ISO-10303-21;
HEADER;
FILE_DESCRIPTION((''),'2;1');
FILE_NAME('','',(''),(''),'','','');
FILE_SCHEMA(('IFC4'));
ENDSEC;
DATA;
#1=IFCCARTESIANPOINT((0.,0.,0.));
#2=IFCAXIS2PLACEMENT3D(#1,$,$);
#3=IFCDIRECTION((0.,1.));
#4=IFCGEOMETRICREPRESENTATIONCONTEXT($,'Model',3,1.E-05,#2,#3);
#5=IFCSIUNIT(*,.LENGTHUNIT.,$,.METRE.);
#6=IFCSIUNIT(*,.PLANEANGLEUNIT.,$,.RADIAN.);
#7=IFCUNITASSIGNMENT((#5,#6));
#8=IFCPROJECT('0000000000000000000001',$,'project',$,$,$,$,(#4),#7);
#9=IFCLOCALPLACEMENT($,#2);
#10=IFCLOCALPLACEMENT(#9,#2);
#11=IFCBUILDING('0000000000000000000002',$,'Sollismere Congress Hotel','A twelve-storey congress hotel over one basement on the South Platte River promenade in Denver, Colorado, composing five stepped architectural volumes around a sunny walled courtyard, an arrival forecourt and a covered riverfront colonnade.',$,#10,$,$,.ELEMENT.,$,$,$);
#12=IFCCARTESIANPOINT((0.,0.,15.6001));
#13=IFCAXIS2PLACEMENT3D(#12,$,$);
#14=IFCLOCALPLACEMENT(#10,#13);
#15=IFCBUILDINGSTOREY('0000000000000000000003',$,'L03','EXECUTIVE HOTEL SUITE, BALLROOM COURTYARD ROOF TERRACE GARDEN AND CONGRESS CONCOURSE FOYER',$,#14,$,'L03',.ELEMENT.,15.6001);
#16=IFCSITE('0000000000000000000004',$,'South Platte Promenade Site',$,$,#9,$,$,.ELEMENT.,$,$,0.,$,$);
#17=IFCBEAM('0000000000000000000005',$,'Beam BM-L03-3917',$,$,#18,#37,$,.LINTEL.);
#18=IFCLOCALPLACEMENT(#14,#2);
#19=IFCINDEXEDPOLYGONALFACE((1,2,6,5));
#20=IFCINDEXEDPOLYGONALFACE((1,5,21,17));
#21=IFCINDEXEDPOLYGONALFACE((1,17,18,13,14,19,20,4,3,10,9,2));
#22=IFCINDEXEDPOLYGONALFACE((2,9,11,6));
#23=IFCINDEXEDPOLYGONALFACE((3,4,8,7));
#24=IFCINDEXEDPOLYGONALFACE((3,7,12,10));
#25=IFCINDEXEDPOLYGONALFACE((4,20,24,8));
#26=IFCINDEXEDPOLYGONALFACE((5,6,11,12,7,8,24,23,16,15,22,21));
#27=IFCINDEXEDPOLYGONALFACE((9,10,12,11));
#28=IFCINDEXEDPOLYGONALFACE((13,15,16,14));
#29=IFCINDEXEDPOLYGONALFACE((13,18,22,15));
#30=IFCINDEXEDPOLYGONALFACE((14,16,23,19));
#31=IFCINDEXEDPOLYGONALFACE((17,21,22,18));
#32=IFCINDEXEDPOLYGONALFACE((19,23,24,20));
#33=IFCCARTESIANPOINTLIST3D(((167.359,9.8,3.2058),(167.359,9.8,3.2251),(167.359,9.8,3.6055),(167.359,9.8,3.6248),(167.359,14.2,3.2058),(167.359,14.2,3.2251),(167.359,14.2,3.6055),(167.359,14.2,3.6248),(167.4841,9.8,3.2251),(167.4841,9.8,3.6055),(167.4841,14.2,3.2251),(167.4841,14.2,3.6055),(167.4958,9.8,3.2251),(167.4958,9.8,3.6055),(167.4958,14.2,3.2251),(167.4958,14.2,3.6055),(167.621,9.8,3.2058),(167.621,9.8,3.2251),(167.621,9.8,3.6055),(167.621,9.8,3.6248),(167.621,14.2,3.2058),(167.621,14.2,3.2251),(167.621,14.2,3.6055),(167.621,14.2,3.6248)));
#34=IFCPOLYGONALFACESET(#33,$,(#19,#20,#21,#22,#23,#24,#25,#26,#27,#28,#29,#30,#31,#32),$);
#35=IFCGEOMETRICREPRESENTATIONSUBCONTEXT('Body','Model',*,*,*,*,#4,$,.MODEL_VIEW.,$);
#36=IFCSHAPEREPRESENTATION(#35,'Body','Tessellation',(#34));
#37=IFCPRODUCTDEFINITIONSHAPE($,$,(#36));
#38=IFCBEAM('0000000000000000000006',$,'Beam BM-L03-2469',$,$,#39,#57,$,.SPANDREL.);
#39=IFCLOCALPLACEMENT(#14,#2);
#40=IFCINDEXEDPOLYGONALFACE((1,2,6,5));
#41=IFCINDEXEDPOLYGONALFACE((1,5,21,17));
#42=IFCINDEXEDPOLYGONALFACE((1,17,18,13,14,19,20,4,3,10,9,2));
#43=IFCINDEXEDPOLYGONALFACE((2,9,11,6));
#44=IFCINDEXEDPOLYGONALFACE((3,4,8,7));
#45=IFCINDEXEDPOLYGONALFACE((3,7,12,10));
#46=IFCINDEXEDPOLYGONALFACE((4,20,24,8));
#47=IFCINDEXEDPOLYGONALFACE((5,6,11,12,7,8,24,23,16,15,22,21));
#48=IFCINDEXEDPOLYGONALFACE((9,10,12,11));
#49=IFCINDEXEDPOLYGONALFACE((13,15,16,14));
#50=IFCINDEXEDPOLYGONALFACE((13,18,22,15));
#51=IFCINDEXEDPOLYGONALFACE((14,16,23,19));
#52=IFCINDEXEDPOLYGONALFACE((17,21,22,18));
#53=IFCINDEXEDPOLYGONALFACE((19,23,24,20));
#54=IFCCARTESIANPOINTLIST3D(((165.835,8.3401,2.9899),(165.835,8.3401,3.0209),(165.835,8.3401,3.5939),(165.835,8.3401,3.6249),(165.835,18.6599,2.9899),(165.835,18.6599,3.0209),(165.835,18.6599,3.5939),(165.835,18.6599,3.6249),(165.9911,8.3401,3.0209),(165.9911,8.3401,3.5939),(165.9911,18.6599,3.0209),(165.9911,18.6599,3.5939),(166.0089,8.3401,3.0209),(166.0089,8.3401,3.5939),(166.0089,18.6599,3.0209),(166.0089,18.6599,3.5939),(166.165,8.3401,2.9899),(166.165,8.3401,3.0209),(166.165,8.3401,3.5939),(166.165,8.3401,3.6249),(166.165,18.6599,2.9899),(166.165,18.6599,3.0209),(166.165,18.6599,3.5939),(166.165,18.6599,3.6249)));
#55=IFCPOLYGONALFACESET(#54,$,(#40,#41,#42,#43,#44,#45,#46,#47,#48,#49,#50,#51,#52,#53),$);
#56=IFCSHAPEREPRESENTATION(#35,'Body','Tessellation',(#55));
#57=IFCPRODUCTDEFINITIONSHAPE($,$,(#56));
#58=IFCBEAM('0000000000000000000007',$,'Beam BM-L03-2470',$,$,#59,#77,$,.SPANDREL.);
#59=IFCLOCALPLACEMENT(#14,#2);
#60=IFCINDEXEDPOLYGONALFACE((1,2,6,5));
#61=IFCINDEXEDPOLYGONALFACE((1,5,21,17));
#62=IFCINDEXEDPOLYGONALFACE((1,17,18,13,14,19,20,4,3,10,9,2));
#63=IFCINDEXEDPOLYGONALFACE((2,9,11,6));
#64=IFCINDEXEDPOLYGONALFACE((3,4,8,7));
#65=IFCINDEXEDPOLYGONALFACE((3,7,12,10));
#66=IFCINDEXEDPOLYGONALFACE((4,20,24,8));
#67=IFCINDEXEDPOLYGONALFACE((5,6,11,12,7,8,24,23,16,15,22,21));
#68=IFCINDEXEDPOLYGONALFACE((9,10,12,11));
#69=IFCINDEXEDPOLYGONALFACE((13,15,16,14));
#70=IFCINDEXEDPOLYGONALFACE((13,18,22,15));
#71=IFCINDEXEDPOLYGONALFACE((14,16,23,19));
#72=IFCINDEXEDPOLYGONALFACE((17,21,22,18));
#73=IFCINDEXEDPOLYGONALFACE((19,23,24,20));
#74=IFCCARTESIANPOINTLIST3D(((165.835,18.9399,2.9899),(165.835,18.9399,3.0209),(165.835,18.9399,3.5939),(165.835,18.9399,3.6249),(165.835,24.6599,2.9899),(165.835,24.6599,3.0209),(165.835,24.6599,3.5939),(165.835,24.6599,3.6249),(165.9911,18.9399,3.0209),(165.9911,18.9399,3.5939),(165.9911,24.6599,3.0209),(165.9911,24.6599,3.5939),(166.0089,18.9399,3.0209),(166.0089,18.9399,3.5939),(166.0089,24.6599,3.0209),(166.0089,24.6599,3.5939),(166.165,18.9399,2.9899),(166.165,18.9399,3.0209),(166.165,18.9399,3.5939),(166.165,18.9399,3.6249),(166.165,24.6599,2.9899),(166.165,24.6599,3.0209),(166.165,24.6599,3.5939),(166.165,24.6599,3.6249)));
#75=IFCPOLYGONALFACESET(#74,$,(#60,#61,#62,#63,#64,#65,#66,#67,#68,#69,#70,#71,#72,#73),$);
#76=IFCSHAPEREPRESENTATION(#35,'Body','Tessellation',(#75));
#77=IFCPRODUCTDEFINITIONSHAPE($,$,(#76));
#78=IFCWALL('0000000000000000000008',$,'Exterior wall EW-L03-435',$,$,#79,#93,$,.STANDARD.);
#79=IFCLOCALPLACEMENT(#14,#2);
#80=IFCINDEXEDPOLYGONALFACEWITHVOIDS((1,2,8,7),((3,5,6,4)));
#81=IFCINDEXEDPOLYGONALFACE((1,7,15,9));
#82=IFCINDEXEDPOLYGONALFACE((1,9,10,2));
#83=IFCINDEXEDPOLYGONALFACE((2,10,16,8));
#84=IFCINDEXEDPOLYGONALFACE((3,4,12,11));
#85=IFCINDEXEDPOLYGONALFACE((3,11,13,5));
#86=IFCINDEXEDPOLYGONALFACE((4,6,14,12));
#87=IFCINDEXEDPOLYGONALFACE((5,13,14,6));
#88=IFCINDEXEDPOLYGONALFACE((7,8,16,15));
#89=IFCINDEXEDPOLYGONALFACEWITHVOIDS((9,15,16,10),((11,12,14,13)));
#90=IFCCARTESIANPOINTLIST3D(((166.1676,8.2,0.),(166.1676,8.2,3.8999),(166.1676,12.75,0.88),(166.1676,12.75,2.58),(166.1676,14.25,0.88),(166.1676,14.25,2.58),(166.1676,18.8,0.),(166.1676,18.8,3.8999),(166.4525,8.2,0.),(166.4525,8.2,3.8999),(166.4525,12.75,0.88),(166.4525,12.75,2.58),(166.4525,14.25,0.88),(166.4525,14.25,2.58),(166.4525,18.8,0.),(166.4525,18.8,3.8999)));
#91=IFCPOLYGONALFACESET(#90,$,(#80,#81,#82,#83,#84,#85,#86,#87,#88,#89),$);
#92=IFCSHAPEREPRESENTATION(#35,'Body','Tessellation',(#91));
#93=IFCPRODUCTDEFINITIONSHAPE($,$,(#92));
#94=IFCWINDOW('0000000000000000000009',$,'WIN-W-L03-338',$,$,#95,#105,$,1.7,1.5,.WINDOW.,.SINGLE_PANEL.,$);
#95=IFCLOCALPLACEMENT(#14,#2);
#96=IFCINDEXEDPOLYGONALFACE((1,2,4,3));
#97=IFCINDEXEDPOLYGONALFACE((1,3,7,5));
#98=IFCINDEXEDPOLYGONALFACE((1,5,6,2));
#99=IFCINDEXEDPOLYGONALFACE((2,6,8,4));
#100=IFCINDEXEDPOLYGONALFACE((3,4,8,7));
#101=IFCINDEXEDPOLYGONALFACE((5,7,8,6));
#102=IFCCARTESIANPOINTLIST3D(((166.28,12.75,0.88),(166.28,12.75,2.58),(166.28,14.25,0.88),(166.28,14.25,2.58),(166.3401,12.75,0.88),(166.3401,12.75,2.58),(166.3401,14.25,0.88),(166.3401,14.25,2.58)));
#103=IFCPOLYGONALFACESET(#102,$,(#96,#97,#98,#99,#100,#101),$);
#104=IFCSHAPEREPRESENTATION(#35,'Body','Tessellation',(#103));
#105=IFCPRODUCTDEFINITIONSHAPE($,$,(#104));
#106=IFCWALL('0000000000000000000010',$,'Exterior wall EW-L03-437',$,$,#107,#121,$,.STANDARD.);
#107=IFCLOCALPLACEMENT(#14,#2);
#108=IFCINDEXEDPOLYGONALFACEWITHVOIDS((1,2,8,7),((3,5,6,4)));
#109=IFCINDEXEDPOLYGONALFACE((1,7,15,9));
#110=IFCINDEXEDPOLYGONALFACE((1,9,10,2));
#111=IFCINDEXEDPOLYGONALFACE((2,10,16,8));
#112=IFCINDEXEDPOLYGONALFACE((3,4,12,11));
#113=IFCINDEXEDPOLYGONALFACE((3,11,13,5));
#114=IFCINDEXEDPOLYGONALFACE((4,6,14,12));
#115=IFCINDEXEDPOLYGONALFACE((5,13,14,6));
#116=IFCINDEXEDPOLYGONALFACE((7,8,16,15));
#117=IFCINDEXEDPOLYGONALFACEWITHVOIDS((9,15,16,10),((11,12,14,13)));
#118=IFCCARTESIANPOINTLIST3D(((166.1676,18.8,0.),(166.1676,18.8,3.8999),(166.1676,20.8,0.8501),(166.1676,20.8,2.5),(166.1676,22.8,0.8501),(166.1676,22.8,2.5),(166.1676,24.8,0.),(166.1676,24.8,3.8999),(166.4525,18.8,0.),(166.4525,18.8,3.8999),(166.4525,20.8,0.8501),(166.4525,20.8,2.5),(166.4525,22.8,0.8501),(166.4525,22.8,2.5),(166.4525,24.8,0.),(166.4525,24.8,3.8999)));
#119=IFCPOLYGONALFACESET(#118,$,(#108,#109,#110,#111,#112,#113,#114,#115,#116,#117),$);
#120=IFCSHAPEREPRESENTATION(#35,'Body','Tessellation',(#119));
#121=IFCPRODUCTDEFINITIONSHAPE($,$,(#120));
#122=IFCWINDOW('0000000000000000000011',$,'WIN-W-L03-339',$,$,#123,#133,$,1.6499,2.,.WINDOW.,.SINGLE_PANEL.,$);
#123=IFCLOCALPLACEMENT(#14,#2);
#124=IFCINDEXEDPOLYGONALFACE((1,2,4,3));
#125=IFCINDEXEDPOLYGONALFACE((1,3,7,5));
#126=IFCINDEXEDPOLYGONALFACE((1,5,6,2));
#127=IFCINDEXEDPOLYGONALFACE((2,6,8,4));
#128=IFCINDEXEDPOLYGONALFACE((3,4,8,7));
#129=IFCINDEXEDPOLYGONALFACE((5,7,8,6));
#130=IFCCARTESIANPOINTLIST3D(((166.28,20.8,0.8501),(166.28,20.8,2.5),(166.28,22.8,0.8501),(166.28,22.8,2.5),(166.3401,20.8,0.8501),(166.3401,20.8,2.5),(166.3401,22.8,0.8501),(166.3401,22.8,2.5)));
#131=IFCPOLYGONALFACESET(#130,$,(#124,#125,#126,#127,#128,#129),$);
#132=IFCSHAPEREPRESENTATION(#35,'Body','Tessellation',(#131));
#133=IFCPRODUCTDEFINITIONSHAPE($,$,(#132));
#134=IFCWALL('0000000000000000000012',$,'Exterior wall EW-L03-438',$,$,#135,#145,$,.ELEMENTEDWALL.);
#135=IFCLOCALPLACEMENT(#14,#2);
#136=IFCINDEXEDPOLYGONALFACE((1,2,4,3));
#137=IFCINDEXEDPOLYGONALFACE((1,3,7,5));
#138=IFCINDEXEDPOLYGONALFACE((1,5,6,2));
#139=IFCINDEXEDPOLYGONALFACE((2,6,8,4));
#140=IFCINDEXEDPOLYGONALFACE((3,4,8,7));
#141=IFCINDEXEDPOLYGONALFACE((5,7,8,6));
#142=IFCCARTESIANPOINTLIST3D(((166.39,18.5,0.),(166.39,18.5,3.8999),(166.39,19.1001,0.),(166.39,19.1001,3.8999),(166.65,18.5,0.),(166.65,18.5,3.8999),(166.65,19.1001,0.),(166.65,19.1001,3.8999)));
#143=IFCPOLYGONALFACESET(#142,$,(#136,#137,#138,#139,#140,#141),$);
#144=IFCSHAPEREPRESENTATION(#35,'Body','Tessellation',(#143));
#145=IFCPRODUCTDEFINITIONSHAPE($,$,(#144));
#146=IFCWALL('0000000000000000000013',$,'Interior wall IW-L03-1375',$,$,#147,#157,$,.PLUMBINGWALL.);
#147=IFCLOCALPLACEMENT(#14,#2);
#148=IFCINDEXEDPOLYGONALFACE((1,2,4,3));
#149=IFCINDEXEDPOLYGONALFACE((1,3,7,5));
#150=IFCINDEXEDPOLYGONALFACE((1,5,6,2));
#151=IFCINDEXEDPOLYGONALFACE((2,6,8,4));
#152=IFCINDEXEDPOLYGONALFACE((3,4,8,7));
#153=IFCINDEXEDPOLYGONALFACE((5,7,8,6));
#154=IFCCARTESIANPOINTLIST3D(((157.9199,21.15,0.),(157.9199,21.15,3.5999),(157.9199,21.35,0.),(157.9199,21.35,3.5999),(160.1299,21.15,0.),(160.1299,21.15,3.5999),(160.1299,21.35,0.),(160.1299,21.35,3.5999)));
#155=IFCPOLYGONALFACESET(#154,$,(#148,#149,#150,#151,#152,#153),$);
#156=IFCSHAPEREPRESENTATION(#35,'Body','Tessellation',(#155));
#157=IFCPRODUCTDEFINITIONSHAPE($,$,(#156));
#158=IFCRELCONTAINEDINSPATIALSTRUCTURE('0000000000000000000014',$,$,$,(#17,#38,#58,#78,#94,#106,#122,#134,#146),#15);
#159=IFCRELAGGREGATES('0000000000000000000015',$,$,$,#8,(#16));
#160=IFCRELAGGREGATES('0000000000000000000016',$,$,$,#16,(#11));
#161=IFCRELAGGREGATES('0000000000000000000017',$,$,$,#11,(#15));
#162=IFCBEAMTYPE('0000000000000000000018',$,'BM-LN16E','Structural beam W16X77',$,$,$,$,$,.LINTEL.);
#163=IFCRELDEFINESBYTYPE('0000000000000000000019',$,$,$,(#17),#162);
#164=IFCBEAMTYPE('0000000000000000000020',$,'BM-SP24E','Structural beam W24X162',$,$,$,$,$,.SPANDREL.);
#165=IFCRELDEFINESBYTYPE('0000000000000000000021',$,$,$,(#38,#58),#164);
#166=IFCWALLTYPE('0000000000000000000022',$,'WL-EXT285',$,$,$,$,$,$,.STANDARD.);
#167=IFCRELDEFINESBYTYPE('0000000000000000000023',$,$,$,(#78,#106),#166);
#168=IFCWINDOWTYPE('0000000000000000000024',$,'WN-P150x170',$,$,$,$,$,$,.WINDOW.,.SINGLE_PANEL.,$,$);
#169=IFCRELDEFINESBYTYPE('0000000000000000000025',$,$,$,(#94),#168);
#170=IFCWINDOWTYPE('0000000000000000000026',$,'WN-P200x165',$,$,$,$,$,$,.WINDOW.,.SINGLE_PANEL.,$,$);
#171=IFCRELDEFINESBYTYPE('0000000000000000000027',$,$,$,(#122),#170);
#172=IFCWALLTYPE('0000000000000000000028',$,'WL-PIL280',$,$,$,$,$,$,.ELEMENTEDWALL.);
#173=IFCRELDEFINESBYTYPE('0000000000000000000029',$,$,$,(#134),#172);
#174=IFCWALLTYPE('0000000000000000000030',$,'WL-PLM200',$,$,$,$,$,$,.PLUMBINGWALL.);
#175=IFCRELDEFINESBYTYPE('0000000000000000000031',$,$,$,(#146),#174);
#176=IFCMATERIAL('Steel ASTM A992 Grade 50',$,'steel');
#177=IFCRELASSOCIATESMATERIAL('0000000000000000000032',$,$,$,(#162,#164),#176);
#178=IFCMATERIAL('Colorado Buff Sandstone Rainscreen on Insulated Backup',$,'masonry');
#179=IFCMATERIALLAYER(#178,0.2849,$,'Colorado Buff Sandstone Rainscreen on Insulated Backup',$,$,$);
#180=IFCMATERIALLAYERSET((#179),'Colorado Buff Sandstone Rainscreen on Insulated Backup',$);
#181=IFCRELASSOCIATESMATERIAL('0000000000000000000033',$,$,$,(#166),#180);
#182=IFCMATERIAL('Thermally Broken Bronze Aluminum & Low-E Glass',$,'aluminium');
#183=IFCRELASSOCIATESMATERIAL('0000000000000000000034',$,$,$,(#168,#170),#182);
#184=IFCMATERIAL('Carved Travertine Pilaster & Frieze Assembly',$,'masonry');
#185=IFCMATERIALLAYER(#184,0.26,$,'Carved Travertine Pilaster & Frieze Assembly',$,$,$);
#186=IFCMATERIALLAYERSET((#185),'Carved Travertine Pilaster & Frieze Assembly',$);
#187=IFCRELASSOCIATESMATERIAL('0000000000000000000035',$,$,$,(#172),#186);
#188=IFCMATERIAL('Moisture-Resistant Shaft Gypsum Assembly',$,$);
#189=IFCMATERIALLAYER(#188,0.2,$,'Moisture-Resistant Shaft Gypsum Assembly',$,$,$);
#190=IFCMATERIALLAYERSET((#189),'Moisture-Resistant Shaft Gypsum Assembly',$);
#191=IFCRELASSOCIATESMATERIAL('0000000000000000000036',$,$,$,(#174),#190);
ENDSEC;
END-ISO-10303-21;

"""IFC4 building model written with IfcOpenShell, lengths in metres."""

from ifc_helpers import new_model, si_unit, direction, frame, frame_2d, origin, origin_2d, place, context, subcontext, project, spatial, rectangle, i_section, extrude, material, layer, layer_set, material_profile, profile_set, type_object, element, fill, save


model = new_model("IFC4")

# Units and contexts
model_context = context("Model", 3, precision=1e-05, world=origin(), true_north=direction((0.0, 1.0)))
body_context = subcontext(model_context, "Body", "Model", "MODEL_VIEW")
ifc_project = project(units=[si_unit("LENGTHUNIT", "METRE"), si_unit("PLANEANGLEUNIT", "RADIAN")], contexts=[model_context])

# Site, building, storey
site_placement = place(None, origin())
site = spatial("IfcSite", under=ifc_project, at=site_placement, Name="South Platte Promenade Site", CompositionType="ELEMENT", RefElevation=0.0)
building_placement = place(site_placement, origin())
building = spatial("IfcBuilding", under=site, at=building_placement, Name="Sollismere Congress Hotel", Description="A twelve-storey congress hotel over one basement on the South Platte River promenade in Denver, Colorado, composing five stepped architectural volumes around a sunny walled courtyard, an arrival forecourt and a covered riverfront colonnade.", CompositionType="ELEMENT")
storey_placement = place(building_placement, frame((0.0, 0.0, 15.6001)))
storey = spatial("IfcBuildingStorey", under=building, at=storey_placement, Name="L03", Description="EXECUTIVE HOTEL SUITE, BALLROOM COURTYARD ROOF TERRACE GARDEN AND CONGRESS CONCOURSE FOYER", LongName="L03", CompositionType="ELEMENT", Elevation=15.6001)

# Shared definitions
ifc_material_1 = material(Name="Steel ASTM A992 Grade 50", Category="steel")

# Beams
ifc_material_profile_1 = material_profile(ifc_material_1, i_section(OverallWidth=0.262, OverallDepth=0.4189, WebThickness=0.0117, FlangeThickness=0.0193, at=origin_2d()), Name="W16X77")
ifc_profile_set_1 = profile_set([ifc_material_profile_1], Name="Steel ASTM A992 Grade 50")
beam_type_1 = type_object("IfcBeamType", Name="BM-LN16E", Description="Structural beam W16X77", PredefinedType="LINTEL", material=ifc_profile_set_1)
beam_1_placement = place(storey_placement, frame((167.49, 9.8, 3.4153), z_axis=(0.0, 1.0, 0.0), x_axis=(-1.0, 0.0, 0.0)))
element("IfcBeam", 1, at=beam_1_placement, inside=storey, type_object=beam_type_1, Name="Beam BM-L03-3917", PredefinedType="LINTEL", context=body_context, shape_type="SweptSolid", body=[
    extrude(i_section(OverallWidth=0.262, OverallDepth=0.4189, WebThickness=0.0117, FlangeThickness=0.0193, at=origin_2d()), origin(), (0.0, 0.0, 1.0), 4.3999),
])
ifc_material_profile_2 = material_profile(ifc_material_1, i_section(OverallWidth=0.3301, OverallDepth=0.635, WebThickness=0.0178, FlangeThickness=0.031, at=origin_2d()), Name="W24X162")
ifc_profile_set_2 = profile_set([ifc_material_profile_2], Name="Steel ASTM A992 Grade 50")
beam_type_2 = type_object("IfcBeamType", Name="BM-SP24E", Description="Structural beam W24X162", PredefinedType="SPANDREL", material=ifc_profile_set_2)
beam_2_placement = place(storey_placement, frame((166.0, 8.3401, 3.3074), z_axis=(0.0, 1.0, 0.0), x_axis=(-1.0, 0.0, 0.0)))
element("IfcBeam", 2, at=beam_2_placement, inside=storey, type_object=beam_type_2, Name="Beam BM-L03-2469", PredefinedType="SPANDREL", context=body_context, shape_type="SweptSolid", body=[
    extrude(i_section(OverallWidth=0.3301, OverallDepth=0.635, WebThickness=0.0178, FlangeThickness=0.031, at=origin_2d()), origin(), (0.0, 0.0, 1.0), 10.3198),
])
beam_3_placement = place(storey_placement, frame((166.0, 18.9399, 3.3074), z_axis=(0.0, 1.0, 0.0), x_axis=(-1.0, 0.0, 0.0)))
element("IfcBeam", 3, at=beam_3_placement, inside=storey, type_object=beam_type_2, Name="Beam BM-L03-2470", PredefinedType="SPANDREL", context=body_context, shape_type="SweptSolid", body=[
    extrude(i_section(OverallWidth=0.3301, OverallDepth=0.635, WebThickness=0.0178, FlangeThickness=0.031, at=origin_2d()), origin(), (0.0, 0.0, 1.0), 5.72),
])

# Walls, openings, windows
ifc_material_2 = material(Name="Colorado Buff Sandstone Rainscreen on Insulated Backup", Category="masonry")
ifc_layer_1 = layer(ifc_material_2, 0.2849, Name="Colorado Buff Sandstone Rainscreen on Insulated Backup")
ifc_layer_set_1 = layer_set([ifc_layer_1], Name="Colorado Buff Sandstone Rainscreen on Insulated Backup")
wall_type_1 = type_object("IfcWallType", Name="WL-EXT285", PredefinedType="STANDARD", material=ifc_layer_set_1)
wall_1_placement = place(storey_placement, frame((166.3101, 8.2, 0.0), z_axis=(0.0, 0.0, 1.0), x_axis=(0.0, 1.0, 0.0)))
wall_1 = element("IfcWall", 4, at=wall_1_placement, inside=storey, type_object=wall_type_1, Name="Exterior wall EW-L03-435", PredefinedType="STANDARD", context=body_context, shape_type="SweptSolid", body=[
    extrude(rectangle(XDim=10.6001, YDim=0.2849, at=frame_2d((5.3, 0.0))), origin(), (0.0, 0.0, 1.0), 3.8999),
])
opening_1_placement = place(wall_1_placement, frame((4.55, 0.0, 0.8799)))
opening_1 = element("IfcOpeningElement", 5, at=opening_1_placement, cuts=wall_1, PredefinedType="OPENING", context=body_context, shape_type="SweptSolid", body=[
    extrude(rectangle(XDim=1.5, YDim=1.7, at=frame_2d((0.75, 0.8501))), frame((0.0, 0.1523, 0.0), z_axis=(0.0, -1.0, 0.0), x_axis=(1.0, 0.0, 0.0)), (0.0, 0.0, 1.0), 0.3049),
])
ifc_material_3 = material(Name="Thermally Broken Bronze Aluminum & Low-E Glass", Category="aluminium")
window_type_1 = type_object("IfcWindowType", Name="WN-P150x170", PartitioningType="SINGLE_PANEL", PredefinedType="WINDOW", material=ifc_material_3)
window_1_placement = place(opening_1_placement, origin())
window_1 = element("IfcWindow", 6, at=window_1_placement, inside=storey, type_object=window_type_1, Name="WIN-W-L03-338", OverallHeight=1.7, OverallWidth=1.5, PartitioningType="SINGLE_PANEL", PredefinedType="WINDOW", context=body_context, shape_type="SweptSolid", body=[
    extrude(rectangle(XDim=1.5, YDim=1.7, at=frame_2d((0.75, 0.8501))), frame((0.0, 0.03, 0.0), z_axis=(0.0, -1.0, 0.0), x_axis=(1.0, 0.0, 0.0)), (0.0, 0.0, 1.0), 0.0601),
])
fill(opening_1, window_1)
wall_2_placement = place(storey_placement, frame((166.3101, 18.8, 0.0), z_axis=(0.0, 0.0, 1.0), x_axis=(0.0, 1.0, 0.0)))
wall_2 = element("IfcWall", 7, at=wall_2_placement, inside=storey, type_object=wall_type_1, Name="Exterior wall EW-L03-437", PredefinedType="STANDARD", context=body_context, shape_type="SweptSolid", body=[
    extrude(rectangle(XDim=6.0, YDim=0.2849, at=frame_2d((3.0, 0.0))), origin(), (0.0, 0.0, 1.0), 3.8999),
])
opening_2_placement = place(wall_2_placement, frame((2.0, 0.0, 0.8501)))
opening_2 = element("IfcOpeningElement", 8, at=opening_2_placement, cuts=wall_2, PredefinedType="OPENING", context=body_context, shape_type="SweptSolid", body=[
    extrude(rectangle(XDim=2.0, YDim=1.6499, at=frame_2d((1.0, 0.825))), frame((0.0, 0.1523, 0.0), z_axis=(0.0, -1.0, 0.0), x_axis=(1.0, 0.0, 0.0)), (0.0, 0.0, 1.0), 0.3049),
])
window_type_2 = type_object("IfcWindowType", Name="WN-P200x165", PartitioningType="SINGLE_PANEL", PredefinedType="WINDOW", material=ifc_material_3)
window_2_placement = place(opening_2_placement, origin())
window_2 = element("IfcWindow", 9, at=window_2_placement, inside=storey, type_object=window_type_2, Name="WIN-W-L03-339", OverallHeight=1.6499, OverallWidth=2.0, PartitioningType="SINGLE_PANEL", PredefinedType="WINDOW", context=body_context, shape_type="SweptSolid", body=[
    extrude(rectangle(XDim=2.0, YDim=1.6499, at=frame_2d((1.0, 0.825))), frame((0.0, 0.03, 0.0), z_axis=(0.0, -1.0, 0.0), x_axis=(1.0, 0.0, 0.0)), (0.0, 0.0, 1.0), 0.0601),
])
fill(opening_2, window_2)

# Walls
ifc_material_4 = material(Name="Carved Travertine Pilaster & Frieze Assembly", Category="masonry")
ifc_layer_2 = layer(ifc_material_4, 0.26, Name="Carved Travertine Pilaster & Frieze Assembly")
ifc_layer_set_2 = layer_set([ifc_layer_2], Name="Carved Travertine Pilaster & Frieze Assembly")
wall_type_2 = type_object("IfcWallType", Name="WL-PIL280", PredefinedType="ELEMENTEDWALL", material=ifc_layer_set_2)
wall_3_placement = place(storey_placement, frame((166.52, 18.5, 0.0), z_axis=(0.0, 0.0, 1.0), x_axis=(0.0, 1.0, 0.0)))
element("IfcWall", 10, at=wall_3_placement, inside=storey, type_object=wall_type_2, Name="Exterior wall EW-L03-438", PredefinedType="ELEMENTEDWALL", context=body_context, shape_type="SweptSolid", body=[
    extrude(rectangle(XDim=0.6001, YDim=0.26, at=frame_2d((0.3, 0.0))), origin(), (0.0, 0.0, 1.0), 3.8999),
])
ifc_material_5 = material(Name="Moisture-Resistant Shaft Gypsum Assembly")
ifc_layer_3 = layer(ifc_material_5, 0.2, Name="Moisture-Resistant Shaft Gypsum Assembly")
ifc_layer_set_3 = layer_set([ifc_layer_3], Name="Moisture-Resistant Shaft Gypsum Assembly")
wall_type_3 = type_object("IfcWallType", Name="WL-PLM200", PredefinedType="PLUMBINGWALL", material=ifc_layer_set_3)
wall_4_placement = place(storey_placement, frame((157.9199, 21.25, 0.0), z_axis=(0.0, 0.0, 1.0), x_axis=(1.0, 0.0, 0.0)))
element("IfcWall", 11, at=wall_4_placement, inside=storey, type_object=wall_type_3, Name="Interior wall IW-L03-1375", PredefinedType="PLUMBINGWALL", context=body_context, shape_type="SweptSolid", body=[
    extrude(rectangle(XDim=2.21, YDim=0.2, at=frame_2d((1.105, 0.0))), origin(), (0.0, 0.0, 1.0), 3.5999),
])

save(model, "model.ifc")
